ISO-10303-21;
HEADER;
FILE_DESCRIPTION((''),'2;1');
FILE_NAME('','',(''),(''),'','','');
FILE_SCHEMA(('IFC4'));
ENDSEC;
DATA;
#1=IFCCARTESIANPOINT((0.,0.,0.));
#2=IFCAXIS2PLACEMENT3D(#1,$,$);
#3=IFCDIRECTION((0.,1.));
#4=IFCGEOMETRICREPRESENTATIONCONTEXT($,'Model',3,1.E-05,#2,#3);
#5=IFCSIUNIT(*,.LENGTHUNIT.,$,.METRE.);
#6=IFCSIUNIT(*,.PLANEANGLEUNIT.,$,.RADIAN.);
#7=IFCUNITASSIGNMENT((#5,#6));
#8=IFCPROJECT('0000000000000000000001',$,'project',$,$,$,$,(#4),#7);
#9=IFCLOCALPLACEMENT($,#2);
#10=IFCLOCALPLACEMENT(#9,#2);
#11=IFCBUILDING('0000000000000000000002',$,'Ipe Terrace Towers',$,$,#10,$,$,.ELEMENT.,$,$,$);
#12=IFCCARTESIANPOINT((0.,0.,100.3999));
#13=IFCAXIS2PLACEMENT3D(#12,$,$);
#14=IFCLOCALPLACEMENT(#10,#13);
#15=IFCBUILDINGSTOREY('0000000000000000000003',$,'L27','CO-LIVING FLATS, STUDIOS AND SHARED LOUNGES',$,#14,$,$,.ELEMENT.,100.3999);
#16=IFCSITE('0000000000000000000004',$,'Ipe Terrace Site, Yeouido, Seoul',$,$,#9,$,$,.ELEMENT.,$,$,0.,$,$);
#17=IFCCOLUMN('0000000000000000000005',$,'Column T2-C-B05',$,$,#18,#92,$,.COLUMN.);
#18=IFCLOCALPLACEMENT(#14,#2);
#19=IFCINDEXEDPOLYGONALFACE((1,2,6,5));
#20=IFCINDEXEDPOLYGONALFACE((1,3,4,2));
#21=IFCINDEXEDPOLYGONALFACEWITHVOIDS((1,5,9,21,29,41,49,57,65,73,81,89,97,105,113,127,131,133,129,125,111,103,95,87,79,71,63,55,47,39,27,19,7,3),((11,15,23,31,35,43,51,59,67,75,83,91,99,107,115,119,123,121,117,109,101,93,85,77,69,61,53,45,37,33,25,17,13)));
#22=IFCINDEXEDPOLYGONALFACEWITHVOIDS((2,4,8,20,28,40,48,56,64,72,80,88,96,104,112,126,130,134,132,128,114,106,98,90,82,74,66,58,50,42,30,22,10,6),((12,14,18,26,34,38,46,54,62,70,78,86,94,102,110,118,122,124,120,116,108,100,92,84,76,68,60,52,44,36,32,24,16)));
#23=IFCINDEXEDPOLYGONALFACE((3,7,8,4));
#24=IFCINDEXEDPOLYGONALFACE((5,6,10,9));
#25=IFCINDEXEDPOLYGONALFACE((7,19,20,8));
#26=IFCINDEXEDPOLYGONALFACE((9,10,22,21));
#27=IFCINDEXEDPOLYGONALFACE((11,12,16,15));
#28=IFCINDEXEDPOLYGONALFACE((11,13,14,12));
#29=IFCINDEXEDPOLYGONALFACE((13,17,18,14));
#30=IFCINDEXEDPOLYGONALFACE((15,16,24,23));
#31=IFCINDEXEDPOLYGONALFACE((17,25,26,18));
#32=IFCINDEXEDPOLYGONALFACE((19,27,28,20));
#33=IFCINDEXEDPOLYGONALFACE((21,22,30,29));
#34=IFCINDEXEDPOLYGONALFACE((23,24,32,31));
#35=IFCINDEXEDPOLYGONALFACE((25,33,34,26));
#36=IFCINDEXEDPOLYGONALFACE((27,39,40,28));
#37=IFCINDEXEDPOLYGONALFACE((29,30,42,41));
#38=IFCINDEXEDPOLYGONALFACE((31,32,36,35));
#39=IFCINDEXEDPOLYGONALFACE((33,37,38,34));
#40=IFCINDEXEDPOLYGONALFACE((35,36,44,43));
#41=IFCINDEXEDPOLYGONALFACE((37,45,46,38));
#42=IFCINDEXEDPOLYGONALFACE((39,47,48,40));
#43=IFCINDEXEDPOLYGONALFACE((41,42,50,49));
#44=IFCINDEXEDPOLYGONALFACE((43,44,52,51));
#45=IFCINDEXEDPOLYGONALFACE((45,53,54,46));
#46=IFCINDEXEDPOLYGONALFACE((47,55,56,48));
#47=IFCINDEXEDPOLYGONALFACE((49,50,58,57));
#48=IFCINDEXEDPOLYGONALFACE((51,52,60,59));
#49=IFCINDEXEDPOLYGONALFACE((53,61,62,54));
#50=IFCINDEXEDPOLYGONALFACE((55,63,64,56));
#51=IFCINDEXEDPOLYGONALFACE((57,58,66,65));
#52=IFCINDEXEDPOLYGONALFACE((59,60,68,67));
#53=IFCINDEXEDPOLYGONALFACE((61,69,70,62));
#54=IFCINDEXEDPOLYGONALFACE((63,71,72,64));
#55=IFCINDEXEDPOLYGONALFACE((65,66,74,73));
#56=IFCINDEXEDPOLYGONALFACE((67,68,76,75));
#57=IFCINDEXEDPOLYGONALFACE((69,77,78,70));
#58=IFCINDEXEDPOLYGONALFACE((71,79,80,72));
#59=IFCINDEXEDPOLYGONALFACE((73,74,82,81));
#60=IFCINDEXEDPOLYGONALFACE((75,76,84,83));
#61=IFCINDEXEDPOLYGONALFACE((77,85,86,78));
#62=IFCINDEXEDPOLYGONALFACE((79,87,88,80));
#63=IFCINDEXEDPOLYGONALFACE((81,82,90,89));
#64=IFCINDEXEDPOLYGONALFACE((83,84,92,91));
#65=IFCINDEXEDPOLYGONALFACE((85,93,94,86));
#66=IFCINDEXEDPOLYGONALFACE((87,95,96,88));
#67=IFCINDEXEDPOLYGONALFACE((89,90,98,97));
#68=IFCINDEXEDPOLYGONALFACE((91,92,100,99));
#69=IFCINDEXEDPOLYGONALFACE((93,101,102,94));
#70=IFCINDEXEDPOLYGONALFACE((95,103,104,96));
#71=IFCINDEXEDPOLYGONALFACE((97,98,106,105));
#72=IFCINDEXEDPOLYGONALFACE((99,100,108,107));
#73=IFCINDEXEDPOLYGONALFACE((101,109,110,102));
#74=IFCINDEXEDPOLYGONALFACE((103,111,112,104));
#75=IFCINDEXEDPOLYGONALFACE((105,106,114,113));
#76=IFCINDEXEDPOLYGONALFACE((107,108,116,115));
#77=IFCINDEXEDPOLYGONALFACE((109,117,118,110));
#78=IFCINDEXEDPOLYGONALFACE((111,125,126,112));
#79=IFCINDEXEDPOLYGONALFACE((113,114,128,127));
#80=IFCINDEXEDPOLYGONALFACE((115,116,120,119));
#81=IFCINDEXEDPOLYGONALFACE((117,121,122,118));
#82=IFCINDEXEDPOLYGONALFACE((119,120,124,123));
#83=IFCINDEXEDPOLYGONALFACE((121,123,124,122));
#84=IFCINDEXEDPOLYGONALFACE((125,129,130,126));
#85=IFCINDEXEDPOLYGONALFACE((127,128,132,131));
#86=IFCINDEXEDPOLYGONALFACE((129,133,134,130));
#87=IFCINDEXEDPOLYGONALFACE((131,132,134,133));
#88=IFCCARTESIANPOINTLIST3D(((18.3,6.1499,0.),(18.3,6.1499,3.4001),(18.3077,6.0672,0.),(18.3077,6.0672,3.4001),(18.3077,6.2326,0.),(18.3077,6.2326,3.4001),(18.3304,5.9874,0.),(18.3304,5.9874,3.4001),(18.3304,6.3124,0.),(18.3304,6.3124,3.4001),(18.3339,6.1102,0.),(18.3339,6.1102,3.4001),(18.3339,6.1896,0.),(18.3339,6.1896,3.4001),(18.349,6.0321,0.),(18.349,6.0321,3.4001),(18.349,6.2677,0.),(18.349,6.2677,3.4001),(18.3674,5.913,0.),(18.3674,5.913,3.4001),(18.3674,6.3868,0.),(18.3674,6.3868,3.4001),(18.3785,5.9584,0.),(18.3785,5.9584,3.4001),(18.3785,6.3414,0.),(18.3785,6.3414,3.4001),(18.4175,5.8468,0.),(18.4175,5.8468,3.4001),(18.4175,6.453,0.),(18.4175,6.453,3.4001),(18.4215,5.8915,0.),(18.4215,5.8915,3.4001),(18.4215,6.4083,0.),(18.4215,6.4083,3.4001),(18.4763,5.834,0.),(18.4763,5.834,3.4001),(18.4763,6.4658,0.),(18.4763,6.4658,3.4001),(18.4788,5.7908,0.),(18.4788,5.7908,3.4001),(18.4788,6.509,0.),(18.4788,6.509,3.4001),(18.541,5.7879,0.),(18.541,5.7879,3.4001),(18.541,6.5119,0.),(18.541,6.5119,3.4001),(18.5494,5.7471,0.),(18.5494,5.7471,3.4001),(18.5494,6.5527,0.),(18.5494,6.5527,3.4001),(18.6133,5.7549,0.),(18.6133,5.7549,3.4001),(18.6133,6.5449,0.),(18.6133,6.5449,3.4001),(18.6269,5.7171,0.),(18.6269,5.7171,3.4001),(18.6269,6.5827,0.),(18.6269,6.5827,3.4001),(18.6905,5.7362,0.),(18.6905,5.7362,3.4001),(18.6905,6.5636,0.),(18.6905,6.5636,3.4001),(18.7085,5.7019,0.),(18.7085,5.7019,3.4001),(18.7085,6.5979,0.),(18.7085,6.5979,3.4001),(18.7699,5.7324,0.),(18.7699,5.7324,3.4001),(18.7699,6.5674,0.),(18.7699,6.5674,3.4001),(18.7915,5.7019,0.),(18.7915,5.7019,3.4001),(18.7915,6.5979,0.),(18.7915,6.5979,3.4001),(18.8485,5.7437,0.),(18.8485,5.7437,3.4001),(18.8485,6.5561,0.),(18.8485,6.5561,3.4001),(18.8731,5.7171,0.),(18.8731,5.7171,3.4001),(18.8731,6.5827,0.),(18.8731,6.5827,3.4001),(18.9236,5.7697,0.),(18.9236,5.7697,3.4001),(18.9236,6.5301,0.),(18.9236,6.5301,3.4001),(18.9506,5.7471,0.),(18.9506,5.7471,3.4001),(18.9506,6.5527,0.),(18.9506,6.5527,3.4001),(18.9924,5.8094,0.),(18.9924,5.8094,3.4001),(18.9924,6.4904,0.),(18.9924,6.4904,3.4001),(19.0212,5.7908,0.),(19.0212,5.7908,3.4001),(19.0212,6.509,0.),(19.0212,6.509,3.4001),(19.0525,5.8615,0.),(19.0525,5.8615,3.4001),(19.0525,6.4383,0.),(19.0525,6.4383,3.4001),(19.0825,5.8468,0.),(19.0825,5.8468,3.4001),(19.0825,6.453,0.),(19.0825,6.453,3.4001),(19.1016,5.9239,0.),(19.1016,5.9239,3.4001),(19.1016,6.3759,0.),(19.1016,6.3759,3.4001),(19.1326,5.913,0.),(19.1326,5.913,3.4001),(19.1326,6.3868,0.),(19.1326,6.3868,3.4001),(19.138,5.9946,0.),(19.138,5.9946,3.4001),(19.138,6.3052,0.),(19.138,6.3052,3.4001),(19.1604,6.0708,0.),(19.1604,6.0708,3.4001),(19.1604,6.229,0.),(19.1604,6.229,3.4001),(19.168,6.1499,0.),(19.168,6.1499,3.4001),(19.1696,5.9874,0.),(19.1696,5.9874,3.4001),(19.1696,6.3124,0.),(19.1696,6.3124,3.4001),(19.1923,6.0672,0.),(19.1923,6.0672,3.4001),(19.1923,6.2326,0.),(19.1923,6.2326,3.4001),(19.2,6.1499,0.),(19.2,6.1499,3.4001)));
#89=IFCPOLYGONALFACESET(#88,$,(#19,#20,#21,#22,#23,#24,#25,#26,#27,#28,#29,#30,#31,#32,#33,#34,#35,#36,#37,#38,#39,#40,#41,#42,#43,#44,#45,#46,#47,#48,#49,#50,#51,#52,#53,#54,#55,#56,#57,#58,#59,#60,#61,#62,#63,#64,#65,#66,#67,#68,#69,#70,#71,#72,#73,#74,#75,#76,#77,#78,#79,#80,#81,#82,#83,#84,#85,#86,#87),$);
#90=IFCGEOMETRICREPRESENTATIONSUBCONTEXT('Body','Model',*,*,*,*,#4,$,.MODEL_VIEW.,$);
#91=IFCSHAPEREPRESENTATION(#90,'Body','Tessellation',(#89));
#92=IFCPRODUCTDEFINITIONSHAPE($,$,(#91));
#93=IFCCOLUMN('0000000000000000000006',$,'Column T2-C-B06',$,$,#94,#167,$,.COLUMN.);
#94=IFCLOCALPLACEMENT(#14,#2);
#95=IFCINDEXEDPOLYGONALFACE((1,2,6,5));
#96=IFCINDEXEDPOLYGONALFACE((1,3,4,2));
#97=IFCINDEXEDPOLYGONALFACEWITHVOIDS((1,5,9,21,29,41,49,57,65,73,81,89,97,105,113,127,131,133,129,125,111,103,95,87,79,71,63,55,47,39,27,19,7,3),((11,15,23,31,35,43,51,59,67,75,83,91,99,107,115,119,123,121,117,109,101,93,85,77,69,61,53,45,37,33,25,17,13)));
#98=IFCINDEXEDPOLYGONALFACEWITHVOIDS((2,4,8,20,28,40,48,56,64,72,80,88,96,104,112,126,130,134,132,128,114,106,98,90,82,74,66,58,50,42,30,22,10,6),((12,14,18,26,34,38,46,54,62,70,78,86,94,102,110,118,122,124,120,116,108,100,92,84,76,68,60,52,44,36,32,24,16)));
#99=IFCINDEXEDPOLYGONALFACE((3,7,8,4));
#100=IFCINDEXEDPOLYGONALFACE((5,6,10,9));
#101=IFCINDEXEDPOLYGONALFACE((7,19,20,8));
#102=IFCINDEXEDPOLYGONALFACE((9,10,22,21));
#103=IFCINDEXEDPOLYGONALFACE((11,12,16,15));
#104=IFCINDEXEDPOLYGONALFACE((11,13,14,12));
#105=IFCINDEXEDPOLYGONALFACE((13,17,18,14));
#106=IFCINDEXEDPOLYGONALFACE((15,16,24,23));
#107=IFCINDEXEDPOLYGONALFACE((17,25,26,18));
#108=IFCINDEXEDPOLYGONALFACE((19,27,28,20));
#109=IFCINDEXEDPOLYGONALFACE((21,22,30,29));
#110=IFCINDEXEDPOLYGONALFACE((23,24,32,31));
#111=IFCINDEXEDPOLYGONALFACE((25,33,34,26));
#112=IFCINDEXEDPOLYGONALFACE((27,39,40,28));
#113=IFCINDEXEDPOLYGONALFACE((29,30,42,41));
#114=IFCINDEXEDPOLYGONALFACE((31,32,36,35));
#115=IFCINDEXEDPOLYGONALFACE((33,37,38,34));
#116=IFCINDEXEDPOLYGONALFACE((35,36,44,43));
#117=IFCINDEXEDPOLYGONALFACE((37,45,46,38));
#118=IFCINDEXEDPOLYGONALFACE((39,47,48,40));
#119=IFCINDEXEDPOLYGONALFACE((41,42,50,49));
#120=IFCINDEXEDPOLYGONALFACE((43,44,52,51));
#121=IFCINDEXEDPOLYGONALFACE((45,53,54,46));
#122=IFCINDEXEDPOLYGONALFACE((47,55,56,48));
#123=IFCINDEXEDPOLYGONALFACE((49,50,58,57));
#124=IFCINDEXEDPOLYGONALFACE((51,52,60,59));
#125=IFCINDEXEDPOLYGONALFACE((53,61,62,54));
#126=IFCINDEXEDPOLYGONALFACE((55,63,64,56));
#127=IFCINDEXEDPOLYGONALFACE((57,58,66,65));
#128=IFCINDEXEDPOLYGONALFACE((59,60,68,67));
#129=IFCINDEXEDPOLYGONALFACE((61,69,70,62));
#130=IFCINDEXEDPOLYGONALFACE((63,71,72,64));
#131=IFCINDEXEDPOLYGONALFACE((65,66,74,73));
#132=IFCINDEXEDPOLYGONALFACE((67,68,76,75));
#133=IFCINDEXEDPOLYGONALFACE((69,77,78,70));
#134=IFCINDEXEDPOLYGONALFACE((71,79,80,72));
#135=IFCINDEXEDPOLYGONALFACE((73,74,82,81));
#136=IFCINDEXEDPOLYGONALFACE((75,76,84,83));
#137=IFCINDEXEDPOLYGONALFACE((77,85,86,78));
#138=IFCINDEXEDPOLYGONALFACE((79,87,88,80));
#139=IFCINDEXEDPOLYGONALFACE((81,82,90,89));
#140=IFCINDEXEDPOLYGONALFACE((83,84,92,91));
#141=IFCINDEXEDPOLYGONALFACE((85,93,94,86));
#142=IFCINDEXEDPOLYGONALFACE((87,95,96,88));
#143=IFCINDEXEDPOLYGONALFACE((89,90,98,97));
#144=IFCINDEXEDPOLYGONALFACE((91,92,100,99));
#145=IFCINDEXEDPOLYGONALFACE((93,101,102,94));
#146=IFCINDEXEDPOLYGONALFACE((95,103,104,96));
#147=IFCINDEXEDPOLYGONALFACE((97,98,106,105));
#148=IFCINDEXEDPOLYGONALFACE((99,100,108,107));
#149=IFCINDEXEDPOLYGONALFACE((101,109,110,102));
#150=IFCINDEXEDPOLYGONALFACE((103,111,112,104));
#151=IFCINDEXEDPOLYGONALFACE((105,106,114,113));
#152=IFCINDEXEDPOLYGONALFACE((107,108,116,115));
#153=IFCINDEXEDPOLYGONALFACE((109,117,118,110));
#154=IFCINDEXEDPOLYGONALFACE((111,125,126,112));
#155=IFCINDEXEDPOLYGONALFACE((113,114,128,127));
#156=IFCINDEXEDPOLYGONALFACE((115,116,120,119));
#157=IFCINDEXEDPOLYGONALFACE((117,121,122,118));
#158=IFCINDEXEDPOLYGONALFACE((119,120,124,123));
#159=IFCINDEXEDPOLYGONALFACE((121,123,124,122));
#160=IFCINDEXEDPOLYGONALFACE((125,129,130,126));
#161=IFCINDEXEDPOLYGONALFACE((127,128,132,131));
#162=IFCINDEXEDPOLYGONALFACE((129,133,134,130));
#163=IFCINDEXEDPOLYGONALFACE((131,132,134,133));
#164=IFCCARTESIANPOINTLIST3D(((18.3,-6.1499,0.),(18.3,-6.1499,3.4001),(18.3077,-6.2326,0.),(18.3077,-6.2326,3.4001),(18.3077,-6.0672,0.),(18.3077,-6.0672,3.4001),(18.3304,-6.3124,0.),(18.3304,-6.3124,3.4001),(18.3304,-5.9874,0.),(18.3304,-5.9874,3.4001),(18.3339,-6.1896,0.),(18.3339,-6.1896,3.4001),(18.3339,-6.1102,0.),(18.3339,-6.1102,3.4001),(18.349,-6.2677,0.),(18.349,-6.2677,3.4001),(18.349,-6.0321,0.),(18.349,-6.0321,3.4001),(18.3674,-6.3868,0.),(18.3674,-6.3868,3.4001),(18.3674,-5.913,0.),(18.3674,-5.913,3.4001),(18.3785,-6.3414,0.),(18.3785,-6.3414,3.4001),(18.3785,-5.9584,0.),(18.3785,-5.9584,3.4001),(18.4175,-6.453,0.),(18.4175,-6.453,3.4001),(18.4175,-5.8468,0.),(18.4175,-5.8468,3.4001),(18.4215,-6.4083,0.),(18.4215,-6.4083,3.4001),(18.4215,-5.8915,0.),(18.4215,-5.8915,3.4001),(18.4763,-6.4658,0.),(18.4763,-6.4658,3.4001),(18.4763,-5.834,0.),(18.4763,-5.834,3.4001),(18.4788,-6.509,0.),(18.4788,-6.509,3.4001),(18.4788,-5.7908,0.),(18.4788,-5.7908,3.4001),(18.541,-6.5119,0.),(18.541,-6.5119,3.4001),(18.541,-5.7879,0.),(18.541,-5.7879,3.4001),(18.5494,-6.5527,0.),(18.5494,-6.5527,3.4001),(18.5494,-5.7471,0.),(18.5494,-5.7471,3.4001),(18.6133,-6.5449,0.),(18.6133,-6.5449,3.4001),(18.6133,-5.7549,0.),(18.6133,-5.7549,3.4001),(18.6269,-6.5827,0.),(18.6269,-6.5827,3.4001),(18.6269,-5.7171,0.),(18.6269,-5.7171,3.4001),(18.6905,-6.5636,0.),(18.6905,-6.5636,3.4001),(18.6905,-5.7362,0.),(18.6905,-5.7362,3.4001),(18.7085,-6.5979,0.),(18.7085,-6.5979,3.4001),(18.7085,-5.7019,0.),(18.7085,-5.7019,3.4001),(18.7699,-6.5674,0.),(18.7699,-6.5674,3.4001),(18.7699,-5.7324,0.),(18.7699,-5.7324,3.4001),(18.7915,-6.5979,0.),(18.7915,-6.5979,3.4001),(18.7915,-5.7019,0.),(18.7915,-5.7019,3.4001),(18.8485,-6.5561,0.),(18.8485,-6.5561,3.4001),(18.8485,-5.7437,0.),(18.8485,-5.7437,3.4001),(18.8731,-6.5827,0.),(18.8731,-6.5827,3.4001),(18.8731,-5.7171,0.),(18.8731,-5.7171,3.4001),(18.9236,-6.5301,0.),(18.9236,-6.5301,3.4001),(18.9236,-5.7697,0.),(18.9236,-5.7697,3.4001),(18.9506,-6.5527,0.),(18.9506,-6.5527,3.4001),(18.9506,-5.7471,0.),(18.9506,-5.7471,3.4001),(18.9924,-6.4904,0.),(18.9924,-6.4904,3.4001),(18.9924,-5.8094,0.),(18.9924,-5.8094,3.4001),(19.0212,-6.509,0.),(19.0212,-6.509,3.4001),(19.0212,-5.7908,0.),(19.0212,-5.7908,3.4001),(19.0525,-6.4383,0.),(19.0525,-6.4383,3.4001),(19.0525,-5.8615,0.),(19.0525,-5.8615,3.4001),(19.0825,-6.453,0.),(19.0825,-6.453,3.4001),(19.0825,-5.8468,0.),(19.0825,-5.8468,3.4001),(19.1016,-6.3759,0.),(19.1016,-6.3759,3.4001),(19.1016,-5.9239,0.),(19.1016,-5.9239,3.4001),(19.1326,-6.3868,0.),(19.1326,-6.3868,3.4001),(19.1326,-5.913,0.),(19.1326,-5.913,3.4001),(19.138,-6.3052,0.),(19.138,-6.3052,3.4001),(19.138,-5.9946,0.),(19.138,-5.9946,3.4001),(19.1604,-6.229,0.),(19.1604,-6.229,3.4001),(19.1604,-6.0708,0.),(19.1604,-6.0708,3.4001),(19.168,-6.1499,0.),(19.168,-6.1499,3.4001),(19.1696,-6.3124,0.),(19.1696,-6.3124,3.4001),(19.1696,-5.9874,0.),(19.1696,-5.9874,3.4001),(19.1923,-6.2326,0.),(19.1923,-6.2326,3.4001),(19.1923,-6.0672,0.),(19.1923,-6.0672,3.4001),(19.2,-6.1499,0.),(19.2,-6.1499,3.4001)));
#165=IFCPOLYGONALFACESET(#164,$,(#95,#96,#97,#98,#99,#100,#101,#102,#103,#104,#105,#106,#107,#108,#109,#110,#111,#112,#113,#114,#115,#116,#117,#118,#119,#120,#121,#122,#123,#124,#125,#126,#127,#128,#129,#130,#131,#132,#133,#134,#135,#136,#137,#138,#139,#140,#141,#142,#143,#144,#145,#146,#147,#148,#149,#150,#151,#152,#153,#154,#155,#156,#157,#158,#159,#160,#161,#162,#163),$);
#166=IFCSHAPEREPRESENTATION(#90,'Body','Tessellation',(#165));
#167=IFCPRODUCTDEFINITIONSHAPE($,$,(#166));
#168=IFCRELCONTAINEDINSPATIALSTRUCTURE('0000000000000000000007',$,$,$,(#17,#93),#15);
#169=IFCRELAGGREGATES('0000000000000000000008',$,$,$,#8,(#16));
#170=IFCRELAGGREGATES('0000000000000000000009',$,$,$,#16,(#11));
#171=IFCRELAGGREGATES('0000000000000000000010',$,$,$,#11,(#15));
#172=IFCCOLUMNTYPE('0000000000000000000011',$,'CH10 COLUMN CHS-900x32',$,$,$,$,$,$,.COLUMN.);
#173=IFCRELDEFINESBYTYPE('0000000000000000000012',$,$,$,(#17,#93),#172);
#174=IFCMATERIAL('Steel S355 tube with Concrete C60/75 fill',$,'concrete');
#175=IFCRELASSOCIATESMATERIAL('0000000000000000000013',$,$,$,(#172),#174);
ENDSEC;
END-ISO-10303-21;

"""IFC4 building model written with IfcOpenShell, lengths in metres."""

from ifc_helpers import new_model, si_unit, direction, frame, origin, origin_2d, place, context, subcontext, project, spatial, hollow_circle, extrude, material, material_profile, profile_set, type_object, element, save


model = new_model("IFC4")

# Units and contexts
model_context = context("Model", 3, precision=1e-05, world=origin(), true_north=direction((0.0, 1.0)))
body_context = subcontext(model_context, "Body", "Model", "MODEL_VIEW")
ifc_project = project(units=[si_unit("LENGTHUNIT", "METRE"), si_unit("PLANEANGLEUNIT", "RADIAN")], contexts=[model_context])

# Site, building, storey
site_placement = place(None, origin())
site = spatial("IfcSite", under=ifc_project, at=site_placement, Name="Ipe Terrace Site, Yeouido, Seoul", CompositionType="ELEMENT", RefElevation=0.0)
building_placement = place(site_placement, origin())
building = spatial("IfcBuilding", under=site, at=building_placement, Name="Ipe Terrace Towers", CompositionType="ELEMENT")
storey_placement = place(building_placement, frame((0.0, 0.0, 100.3999)))
storey = spatial("IfcBuildingStorey", under=building, at=storey_placement, Name="L27", Description="CO-LIVING FLATS, STUDIOS AND SHARED LOUNGES", CompositionType="ELEMENT", Elevation=100.3999)

# Columns
ifc_material_1 = material(Name="Steel S355 tube with Concrete C60/75 fill", Category="concrete")
ifc_material_profile_1 = material_profile(ifc_material_1, hollow_circle(Radius=0.45, WallThickness=0.032, at=origin_2d()), Name="CHS-900x32")
ifc_profile_set_1 = profile_set([ifc_material_profile_1], Name="Steel S355 tube with Concrete C60/75 fill")
column_type = type_object("IfcColumnType", Name="CH10 COLUMN CHS-900x32", PredefinedType="COLUMN", material=ifc_profile_set_1)
for number, where, z_axis, x_axis, name in (
    (1, (18.75, 6.1499, 0.0), (0.0, 0.0, 1.0), (1.0, 0.0, 0.0), "Column T2-C-B05"),
    (2, (18.75, -6.1499, 0.0), (0.0, 0.0, 1.0), (1.0, 0.0, 0.0), "Column T2-C-B06"),
):
    element("IfcColumn", number, at=place(storey_placement, frame(where, z_axis=z_axis, x_axis=x_axis)), inside=storey, type_object=column_type, Name=name, PredefinedType="COLUMN", context=body_context, shape_type="SweptSolid", body=[
        extrude(hollow_circle(Radius=0.45, WallThickness=0.032, at=origin_2d()), origin(), (0.0, 0.0, 1.0), 3.4001),
    ])

save(model, "model.ifc")
